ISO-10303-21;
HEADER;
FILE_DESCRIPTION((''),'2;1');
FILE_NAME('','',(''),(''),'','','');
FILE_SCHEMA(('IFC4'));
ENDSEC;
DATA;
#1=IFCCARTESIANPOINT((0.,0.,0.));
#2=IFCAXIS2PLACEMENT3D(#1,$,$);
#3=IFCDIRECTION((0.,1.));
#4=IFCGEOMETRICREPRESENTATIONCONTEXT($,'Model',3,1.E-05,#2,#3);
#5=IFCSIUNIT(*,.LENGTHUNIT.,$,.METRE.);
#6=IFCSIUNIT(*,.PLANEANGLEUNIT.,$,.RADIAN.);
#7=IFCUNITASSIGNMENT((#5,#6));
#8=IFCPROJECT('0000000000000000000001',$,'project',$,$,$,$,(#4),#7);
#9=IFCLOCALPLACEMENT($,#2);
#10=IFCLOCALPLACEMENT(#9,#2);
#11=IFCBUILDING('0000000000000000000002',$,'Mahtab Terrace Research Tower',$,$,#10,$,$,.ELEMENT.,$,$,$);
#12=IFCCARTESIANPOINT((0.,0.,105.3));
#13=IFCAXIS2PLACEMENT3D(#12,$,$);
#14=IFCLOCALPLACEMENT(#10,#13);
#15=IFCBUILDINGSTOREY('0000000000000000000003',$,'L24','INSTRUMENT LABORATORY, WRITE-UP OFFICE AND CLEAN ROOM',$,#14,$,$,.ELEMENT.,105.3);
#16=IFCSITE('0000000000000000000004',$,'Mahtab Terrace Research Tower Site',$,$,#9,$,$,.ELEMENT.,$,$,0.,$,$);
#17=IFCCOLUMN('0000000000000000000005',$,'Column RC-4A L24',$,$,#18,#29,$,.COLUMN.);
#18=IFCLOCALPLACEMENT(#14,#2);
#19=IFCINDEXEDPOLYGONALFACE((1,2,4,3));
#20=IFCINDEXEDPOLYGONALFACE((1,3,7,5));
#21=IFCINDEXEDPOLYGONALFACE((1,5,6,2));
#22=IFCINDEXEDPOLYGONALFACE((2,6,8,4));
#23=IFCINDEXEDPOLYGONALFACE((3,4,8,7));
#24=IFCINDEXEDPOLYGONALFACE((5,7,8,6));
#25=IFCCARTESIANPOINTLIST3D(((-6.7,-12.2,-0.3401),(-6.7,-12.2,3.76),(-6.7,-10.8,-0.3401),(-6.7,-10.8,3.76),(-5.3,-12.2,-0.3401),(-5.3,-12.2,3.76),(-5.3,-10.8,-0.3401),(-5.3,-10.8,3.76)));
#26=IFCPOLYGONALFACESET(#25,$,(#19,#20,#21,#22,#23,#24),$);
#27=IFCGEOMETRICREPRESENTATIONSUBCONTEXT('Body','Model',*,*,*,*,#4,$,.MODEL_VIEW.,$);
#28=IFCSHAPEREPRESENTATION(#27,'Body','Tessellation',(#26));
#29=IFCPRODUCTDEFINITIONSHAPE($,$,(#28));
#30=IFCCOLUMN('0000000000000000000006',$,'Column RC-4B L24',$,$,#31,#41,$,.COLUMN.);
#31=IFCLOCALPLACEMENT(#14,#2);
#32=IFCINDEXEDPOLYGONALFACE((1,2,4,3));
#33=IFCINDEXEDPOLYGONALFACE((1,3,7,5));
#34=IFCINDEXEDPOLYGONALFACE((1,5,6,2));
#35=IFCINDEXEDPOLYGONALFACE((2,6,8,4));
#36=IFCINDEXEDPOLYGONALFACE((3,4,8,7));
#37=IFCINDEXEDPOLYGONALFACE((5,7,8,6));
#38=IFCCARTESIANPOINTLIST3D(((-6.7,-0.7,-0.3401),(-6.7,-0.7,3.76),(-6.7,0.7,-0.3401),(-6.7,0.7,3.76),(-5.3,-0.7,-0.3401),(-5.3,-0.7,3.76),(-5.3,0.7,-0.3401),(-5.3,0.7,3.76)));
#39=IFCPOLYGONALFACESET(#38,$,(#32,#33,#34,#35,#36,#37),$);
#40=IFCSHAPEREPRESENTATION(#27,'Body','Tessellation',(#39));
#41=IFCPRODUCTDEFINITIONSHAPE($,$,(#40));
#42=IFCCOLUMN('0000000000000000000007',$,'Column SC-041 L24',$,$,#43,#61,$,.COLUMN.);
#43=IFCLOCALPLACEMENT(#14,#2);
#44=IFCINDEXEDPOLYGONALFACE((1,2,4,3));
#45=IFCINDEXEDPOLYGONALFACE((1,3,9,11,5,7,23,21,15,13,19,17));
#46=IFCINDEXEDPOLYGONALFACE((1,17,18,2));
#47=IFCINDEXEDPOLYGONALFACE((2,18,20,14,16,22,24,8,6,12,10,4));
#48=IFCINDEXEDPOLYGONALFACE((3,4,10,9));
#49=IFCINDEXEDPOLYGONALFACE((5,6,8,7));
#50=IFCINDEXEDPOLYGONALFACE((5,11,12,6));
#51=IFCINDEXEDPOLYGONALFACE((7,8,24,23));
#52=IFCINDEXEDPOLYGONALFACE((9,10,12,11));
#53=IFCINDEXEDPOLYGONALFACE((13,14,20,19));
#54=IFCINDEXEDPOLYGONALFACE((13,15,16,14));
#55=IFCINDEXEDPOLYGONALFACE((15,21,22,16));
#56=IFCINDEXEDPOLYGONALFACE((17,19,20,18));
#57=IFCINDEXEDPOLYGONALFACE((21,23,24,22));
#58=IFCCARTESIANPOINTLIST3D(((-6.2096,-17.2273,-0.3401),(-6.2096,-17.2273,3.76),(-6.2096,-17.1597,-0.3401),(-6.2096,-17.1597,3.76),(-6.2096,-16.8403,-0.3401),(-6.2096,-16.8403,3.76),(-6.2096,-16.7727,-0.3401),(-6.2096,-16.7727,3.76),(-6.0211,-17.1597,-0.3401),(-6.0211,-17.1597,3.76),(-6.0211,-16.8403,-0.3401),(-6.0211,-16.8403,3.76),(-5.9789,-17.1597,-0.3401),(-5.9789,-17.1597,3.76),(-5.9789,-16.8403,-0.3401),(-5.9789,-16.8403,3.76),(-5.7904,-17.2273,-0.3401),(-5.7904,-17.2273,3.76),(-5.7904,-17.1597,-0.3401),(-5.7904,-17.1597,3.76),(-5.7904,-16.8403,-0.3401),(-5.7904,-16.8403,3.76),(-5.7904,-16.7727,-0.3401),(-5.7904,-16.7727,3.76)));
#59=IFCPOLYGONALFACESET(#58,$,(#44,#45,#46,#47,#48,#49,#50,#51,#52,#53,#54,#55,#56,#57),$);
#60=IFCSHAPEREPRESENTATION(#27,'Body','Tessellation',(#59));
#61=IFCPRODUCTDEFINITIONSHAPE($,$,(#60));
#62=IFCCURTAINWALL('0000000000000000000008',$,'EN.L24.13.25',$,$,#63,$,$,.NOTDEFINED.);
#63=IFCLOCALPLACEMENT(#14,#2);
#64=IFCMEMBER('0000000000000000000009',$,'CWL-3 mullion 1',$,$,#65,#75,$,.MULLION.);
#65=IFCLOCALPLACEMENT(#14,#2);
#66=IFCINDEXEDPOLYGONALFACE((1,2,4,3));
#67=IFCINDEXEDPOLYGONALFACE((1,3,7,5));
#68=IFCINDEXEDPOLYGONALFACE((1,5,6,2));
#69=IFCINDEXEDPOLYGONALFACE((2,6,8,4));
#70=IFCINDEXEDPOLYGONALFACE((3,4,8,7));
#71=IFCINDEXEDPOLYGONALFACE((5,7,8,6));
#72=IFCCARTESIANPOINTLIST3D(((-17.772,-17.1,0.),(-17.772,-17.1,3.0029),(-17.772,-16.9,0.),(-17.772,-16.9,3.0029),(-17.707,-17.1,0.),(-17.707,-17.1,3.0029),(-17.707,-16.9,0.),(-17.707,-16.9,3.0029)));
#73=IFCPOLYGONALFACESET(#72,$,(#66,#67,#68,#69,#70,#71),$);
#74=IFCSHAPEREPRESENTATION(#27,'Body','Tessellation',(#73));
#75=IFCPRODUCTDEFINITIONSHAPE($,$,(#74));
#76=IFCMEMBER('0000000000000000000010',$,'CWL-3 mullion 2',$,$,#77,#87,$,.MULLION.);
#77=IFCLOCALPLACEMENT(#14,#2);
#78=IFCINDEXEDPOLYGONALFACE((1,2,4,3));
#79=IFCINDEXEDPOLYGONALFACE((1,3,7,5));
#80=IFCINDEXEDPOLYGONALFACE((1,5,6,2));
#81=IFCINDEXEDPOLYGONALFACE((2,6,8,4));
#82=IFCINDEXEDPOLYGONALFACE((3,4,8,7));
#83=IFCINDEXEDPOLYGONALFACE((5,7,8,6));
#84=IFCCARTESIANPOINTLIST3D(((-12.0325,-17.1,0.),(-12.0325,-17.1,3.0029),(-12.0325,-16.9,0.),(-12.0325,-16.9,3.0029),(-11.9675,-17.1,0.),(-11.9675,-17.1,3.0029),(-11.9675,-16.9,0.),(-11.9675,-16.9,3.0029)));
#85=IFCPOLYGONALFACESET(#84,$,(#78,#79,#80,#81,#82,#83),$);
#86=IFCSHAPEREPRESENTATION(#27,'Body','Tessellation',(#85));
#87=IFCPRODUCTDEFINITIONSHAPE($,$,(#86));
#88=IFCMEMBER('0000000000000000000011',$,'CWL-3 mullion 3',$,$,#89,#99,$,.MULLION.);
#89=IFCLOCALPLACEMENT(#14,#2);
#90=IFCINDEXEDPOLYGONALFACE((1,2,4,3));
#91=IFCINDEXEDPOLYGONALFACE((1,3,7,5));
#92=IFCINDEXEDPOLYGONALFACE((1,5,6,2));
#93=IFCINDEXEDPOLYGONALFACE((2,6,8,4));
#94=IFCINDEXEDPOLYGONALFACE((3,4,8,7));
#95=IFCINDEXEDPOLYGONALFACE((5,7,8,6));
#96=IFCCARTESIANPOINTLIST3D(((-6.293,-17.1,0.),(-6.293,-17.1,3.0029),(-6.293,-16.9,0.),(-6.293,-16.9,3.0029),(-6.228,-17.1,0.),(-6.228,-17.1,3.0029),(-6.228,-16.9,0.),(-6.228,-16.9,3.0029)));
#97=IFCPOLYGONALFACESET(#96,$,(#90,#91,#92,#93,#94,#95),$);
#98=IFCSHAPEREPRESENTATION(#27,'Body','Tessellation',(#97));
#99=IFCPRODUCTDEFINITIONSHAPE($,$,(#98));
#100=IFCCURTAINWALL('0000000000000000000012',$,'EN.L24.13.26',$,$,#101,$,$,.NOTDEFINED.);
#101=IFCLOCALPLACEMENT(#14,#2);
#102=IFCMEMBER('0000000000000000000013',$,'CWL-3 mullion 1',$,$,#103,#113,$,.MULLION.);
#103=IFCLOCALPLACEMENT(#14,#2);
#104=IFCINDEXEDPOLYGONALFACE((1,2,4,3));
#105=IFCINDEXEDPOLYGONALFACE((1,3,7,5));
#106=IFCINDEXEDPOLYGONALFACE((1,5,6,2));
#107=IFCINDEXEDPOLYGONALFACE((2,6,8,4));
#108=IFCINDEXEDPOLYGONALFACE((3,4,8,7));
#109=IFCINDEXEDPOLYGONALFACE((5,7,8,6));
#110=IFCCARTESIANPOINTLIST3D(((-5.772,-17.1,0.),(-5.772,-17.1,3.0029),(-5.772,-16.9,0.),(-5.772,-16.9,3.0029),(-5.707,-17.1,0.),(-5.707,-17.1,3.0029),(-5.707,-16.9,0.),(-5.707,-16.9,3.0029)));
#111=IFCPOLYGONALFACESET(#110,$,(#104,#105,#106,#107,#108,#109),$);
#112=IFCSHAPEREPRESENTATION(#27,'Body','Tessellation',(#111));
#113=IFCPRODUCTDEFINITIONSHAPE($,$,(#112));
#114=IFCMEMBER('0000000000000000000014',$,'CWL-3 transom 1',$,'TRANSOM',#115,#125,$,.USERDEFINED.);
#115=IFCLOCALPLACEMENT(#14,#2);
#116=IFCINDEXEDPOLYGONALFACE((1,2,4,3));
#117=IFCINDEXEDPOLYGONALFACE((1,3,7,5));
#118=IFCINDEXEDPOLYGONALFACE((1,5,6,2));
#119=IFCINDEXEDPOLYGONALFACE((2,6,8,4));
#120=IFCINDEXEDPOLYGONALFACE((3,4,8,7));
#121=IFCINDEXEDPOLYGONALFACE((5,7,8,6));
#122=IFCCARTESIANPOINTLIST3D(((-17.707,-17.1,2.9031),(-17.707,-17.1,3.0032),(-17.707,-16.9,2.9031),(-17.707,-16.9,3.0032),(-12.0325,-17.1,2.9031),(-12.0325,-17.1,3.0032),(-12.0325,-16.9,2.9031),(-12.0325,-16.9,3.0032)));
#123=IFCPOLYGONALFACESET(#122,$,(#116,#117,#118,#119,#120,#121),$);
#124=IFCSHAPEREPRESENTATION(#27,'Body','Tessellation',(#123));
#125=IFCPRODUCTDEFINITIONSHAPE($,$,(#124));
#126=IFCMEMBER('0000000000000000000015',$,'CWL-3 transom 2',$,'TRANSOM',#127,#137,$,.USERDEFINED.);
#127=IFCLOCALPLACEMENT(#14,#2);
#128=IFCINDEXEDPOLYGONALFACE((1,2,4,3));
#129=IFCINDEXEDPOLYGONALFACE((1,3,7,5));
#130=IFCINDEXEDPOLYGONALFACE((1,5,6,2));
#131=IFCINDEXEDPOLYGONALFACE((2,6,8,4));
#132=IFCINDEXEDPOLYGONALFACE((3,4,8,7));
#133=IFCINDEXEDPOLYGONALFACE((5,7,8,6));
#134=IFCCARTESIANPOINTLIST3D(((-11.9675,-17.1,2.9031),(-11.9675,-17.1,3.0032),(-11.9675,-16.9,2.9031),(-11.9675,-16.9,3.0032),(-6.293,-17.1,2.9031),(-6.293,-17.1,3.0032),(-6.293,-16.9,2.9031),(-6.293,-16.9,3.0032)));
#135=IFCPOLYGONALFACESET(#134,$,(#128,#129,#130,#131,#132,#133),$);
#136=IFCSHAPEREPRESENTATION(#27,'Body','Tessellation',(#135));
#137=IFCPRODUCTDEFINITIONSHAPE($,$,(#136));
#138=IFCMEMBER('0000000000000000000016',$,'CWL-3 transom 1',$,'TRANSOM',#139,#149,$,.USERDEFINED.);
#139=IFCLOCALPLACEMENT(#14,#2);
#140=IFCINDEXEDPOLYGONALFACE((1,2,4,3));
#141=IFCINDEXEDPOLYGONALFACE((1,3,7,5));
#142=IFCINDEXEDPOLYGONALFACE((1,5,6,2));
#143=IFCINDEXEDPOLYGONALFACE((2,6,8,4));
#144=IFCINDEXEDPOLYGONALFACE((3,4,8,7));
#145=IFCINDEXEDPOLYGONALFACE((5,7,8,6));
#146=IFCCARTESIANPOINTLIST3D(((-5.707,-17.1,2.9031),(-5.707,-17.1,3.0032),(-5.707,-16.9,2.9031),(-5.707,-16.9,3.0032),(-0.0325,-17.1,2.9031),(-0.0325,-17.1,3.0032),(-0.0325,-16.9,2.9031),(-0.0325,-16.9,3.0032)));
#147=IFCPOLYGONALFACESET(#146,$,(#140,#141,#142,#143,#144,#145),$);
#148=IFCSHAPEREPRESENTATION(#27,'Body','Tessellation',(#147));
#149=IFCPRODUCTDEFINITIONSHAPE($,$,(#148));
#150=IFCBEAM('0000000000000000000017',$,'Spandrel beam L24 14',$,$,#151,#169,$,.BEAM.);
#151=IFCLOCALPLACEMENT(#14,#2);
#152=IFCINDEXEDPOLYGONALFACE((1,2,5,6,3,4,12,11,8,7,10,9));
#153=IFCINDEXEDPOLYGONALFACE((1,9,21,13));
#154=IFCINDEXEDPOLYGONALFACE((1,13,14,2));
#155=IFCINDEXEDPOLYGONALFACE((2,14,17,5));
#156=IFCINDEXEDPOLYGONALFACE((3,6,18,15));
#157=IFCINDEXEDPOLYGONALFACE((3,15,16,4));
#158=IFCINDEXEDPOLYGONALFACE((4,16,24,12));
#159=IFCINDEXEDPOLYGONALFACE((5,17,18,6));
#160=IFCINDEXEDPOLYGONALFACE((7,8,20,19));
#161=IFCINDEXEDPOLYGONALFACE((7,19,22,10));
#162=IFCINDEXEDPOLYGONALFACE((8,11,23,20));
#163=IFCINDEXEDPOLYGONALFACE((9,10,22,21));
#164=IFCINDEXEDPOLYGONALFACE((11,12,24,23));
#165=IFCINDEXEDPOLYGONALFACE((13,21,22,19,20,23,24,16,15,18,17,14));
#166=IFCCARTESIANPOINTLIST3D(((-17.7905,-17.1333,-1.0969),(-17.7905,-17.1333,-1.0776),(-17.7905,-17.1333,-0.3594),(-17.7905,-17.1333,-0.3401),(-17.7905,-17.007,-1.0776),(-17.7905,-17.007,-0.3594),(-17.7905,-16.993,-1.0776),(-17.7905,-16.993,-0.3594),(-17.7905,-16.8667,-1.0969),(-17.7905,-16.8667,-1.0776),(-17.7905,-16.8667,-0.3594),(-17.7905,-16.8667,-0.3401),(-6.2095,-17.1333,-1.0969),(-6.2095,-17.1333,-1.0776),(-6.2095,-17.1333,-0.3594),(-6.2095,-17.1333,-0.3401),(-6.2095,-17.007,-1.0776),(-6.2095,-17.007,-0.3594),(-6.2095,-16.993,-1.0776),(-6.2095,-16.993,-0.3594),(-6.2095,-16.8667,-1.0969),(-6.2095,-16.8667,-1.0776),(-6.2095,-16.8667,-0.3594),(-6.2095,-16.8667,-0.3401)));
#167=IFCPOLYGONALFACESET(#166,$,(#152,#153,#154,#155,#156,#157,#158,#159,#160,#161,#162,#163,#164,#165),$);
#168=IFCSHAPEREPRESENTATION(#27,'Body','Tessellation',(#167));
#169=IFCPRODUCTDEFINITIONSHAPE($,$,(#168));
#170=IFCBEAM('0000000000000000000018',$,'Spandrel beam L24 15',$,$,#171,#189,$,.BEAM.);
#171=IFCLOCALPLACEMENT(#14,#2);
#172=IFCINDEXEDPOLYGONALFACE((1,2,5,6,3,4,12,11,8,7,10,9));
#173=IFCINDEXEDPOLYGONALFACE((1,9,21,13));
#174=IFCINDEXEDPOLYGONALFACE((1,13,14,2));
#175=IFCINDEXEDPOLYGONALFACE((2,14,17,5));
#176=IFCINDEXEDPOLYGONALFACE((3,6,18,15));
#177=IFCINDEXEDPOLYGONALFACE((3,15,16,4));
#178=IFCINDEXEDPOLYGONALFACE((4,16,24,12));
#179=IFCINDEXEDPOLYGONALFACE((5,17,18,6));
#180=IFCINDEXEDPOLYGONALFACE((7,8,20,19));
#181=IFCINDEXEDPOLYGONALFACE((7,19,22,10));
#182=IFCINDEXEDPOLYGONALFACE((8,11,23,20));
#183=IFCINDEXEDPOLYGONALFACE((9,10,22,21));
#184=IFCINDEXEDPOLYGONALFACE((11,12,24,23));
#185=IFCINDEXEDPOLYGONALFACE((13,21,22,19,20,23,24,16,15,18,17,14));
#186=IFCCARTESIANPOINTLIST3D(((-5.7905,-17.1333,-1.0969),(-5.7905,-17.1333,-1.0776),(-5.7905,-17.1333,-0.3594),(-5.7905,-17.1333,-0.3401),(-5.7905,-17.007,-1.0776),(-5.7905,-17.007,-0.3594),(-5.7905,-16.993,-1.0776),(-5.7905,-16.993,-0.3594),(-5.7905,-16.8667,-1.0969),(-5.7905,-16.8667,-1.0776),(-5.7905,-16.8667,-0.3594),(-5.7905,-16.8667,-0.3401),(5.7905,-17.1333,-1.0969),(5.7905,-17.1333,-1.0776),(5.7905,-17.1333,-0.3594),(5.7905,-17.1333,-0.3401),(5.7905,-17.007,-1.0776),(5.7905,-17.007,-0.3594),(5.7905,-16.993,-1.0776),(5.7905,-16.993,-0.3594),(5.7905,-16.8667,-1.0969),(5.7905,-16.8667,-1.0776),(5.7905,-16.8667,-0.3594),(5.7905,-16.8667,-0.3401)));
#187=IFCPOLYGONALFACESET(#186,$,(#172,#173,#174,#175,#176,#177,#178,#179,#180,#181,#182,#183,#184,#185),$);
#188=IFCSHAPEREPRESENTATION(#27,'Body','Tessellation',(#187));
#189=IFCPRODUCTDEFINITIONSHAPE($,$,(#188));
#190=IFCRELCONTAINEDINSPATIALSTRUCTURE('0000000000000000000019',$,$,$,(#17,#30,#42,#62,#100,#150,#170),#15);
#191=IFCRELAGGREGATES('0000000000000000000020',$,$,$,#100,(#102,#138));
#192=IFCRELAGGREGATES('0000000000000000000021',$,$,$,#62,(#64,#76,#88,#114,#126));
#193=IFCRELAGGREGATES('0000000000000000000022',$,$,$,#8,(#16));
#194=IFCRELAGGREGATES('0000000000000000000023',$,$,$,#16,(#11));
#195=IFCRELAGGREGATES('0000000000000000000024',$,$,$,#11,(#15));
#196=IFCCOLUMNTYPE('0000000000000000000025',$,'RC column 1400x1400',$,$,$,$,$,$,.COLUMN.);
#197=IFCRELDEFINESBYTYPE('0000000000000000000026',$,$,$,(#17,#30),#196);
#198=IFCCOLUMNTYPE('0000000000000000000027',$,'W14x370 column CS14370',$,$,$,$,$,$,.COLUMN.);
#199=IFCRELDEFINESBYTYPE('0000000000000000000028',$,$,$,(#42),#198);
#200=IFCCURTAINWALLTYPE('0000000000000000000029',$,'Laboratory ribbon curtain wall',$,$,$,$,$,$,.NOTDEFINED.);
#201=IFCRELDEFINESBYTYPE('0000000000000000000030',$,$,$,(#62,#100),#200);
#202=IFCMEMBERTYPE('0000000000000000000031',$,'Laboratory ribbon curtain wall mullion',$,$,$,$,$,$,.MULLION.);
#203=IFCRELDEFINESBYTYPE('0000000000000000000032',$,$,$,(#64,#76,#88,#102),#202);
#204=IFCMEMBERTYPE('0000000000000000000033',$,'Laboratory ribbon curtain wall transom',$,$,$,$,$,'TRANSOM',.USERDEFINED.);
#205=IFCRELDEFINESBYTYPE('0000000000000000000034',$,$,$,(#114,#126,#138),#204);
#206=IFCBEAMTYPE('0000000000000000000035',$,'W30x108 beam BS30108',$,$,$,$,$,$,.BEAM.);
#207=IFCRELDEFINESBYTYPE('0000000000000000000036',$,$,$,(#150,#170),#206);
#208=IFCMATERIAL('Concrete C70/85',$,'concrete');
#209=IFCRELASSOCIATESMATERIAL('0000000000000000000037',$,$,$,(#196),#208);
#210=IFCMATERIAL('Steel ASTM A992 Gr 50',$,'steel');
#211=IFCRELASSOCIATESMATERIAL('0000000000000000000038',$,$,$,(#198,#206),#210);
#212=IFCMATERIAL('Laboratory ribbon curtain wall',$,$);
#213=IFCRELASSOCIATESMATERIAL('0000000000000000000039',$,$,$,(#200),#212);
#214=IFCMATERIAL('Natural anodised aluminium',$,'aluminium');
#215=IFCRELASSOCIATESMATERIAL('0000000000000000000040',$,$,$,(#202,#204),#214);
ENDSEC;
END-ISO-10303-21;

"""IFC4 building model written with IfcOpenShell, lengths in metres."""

from ifc_helpers import new_model, si_unit, direction, frame, origin, origin_2d, place, context, subcontext, project, spatial, rectangle, i_section, extrude, material, material_profile, profile_set, type_object, element, aggregate, save


model = new_model("IFC4")

# Units and contexts
model_context = context("Model", 3, precision=1e-05, world=origin(), true_north=direction((0.0, 1.0)))
body_context = subcontext(model_context, "Body", "Model", "MODEL_VIEW")
ifc_project = project(units=[si_unit("LENGTHUNIT", "METRE"), si_unit("PLANEANGLEUNIT", "RADIAN")], contexts=[model_context])

# Site, building, storey
site_placement = place(None, origin())
site = spatial("IfcSite", under=ifc_project, at=site_placement, Name="Mahtab Terrace Research Tower Site", CompositionType="ELEMENT", RefElevation=0.0)
building_placement = place(site_placement, origin())
building = spatial("IfcBuilding", under=site, at=building_placement, Name="Mahtab Terrace Research Tower", CompositionType="ELEMENT")
storey_placement = place(building_placement, frame((0.0, 0.0, 105.3)))
storey = spatial("IfcBuildingStorey", under=building, at=storey_placement, Name="L24", Description="INSTRUMENT LABORATORY, WRITE-UP OFFICE AND CLEAN ROOM", CompositionType="ELEMENT", Elevation=105.3)

# Columns
ifc_material_1 = material(Name="Concrete C70/85", Category="concrete")
ifc_material_profile_1 = material_profile(ifc_material_1, rectangle(XDim=1.3999, YDim=1.3999, at=origin_2d()), Name="RC column 1400x1400")
ifc_profile_set_1 = profile_set([ifc_material_profile_1], Name="Concrete C70/85")
column_type_1 = type_object("IfcColumnType", Name="RC column 1400x1400", PredefinedType="COLUMN", material=ifc_profile_set_1)
for number, where, z_axis, x_axis, name in (
    (1, (-6.0, -11.5, -0.3401), (0.0, 0.0, 1.0), (1.0, 0.0, 0.0), "Column RC-4A L24"),
    (2, (-6.0, 0.0, -0.3401), (0.0, 0.0, 1.0), (1.0, 0.0, 0.0), "Column RC-4B L24"),
):
    element("IfcColumn", number, at=place(storey_placement, frame(where, z_axis=z_axis, x_axis=x_axis)), inside=storey, type_object=column_type_1, Name=name, PredefinedType="COLUMN", context=body_context, shape_type="SweptSolid", body=[
        extrude(rectangle(XDim=1.3999, YDim=1.3999, at=origin_2d()), origin(), (0.0, 0.0, 1.0), 4.1001),
    ])
ifc_material_2 = material(Name="Steel ASTM A992 Gr 50", Category="steel")
ifc_material_profile_2 = material_profile(ifc_material_2, i_section(OverallWidth=0.4192, OverallDepth=0.4546, WebThickness=0.0422, FlangeThickness=0.0676, at=origin_2d()), Name="W14X370")
ifc_profile_set_2 = profile_set([ifc_material_profile_2], Name="Steel ASTM A992 Gr 50")
column_type_2 = type_object("IfcColumnType", Name="W14x370 column CS14370", PredefinedType="COLUMN", material=ifc_profile_set_2)
column_placement = place(storey_placement, frame((-6.0, -17.0, -0.3401), z_axis=(0.0, 0.0, 1.0), x_axis=(1.0, 0.0, 0.0)))
element("IfcColumn", 3, at=column_placement, inside=storey, type_object=column_type_2, Name="Column SC-041 L24", PredefinedType="COLUMN", context=body_context, shape_type="SweptSolid", body=[
    extrude(i_section(OverallWidth=0.4192, OverallDepth=0.4546, WebThickness=0.0422, FlangeThickness=0.0676, at=origin_2d()), origin(), (0.0, 0.0, 1.0), 4.1001),
])

# Curtain wall, members
ifc_material_3 = material(Name="Laboratory ribbon curtain wall")
curtain_wall_type = type_object("IfcCurtainWallType", Name="Laboratory ribbon curtain wall", PredefinedType="NOTDEFINED", material=ifc_material_3)
curtain_wall_1_placement = place(storey_placement, origin())
curtain_wall_1 = element("IfcCurtainWall", 4, at=curtain_wall_1_placement, inside=storey, type_object=curtain_wall_type, Name="EN.L24.13.25", PredefinedType="NOTDEFINED")
ifc_material_4 = material(Name="Natural anodised aluminium", Category="aluminium")
ifc_material_profile_3 = material_profile(ifc_material_4, rectangle(XDim=0.2, YDim=0.0649, at=origin_2d()), Name="MULLION 65x200")
ifc_profile_set_3 = profile_set([ifc_material_profile_3], Name="Natural anodised aluminium")
member_type_1 = type_object("IfcMemberType", Name="Laboratory ribbon curtain wall mullion", PredefinedType="MULLION", material=ifc_profile_set_3)
member_1_placement = place(storey_placement, frame((-17.7395, -17.0, 0.0), z_axis=(0.0, 0.0, 1.0), x_axis=(0.0, 1.0, 0.0)))
member_1 = element("IfcMember", 5, at=member_1_placement, type_object=member_type_1, Name="CWL-3 mullion 1", PredefinedType="MULLION", context=body_context, shape_type="SweptSolid", body=[
    extrude(rectangle(XDim=0.2, YDim=0.0649, at=origin_2d()), origin(), (0.0, 0.0, 1.0), 3.0029),
])
member_2_placement = place(storey_placement, frame((-12.0, -17.0, 0.0), z_axis=(0.0, 0.0, 1.0), x_axis=(0.0, 1.0, 0.0)))
member_2 = element("IfcMember", 6, at=member_2_placement, type_object=member_type_1, Name="CWL-3 mullion 2", PredefinedType="MULLION", context=body_context, shape_type="SweptSolid", body=[
    extrude(rectangle(XDim=0.2, YDim=0.0649, at=origin_2d()), origin(), (0.0, 0.0, 1.0), 3.0029),
])
member_3_placement = place(storey_placement, frame((-6.2605, -17.0, 0.0), z_axis=(0.0, 0.0, 1.0), x_axis=(0.0, 1.0, 0.0)))
member_3 = element("IfcMember", 7, at=member_3_placement, type_object=member_type_1, Name="CWL-3 mullion 3", PredefinedType="MULLION", context=body_context, shape_type="SweptSolid", body=[
    extrude(rectangle(XDim=0.2, YDim=0.0649, at=origin_2d()), origin(), (0.0, 0.0, 1.0), 3.0029),
])

# Curtain wall, member
curtain_wall_2_placement = place(storey_placement, origin())
curtain_wall_2 = element("IfcCurtainWall", 8, at=curtain_wall_2_placement, inside=storey, type_object=curtain_wall_type, Name="EN.L24.13.26", PredefinedType="NOTDEFINED")
member_4_placement = place(storey_placement, frame((-5.7395, -17.0, 0.0), z_axis=(0.0, 0.0, 1.0), x_axis=(0.0, 1.0, 0.0)))
member_4 = element("IfcMember", 9, at=member_4_placement, type_object=member_type_1, Name="CWL-3 mullion 1", PredefinedType="MULLION", context=body_context, shape_type="SweptSolid", body=[
    extrude(rectangle(XDim=0.2, YDim=0.0649, at=origin_2d()), origin(), (0.0, 0.0, 1.0), 3.0029),
])

# Members
ifc_material_profile_4 = material_profile(ifc_material_4, rectangle(XDim=0.2, YDim=0.1001, at=origin_2d()), Name="TRANSOM 100x200")
ifc_profile_set_4 = profile_set([ifc_material_profile_4], Name="Natural anodised aluminium")
member_type_2 = type_object("IfcMemberType", Name="Laboratory ribbon curtain wall transom", ElementType="TRANSOM", PredefinedType="USERDEFINED", material=ifc_profile_set_4)
member_5_placement = place(storey_placement, frame((-17.707, -17.0, 2.9531), z_axis=(1.0, 0.0, 0.0), x_axis=(0.0, 1.0, 0.0)))
member_5 = element("IfcMember", 10, at=member_5_placement, type_object=member_type_2, Name="CWL-3 transom 1", ObjectType="TRANSOM", PredefinedType="USERDEFINED", context=body_context, shape_type="SweptSolid", body=[
    extrude(rectangle(XDim=0.2, YDim=0.1001, at=origin_2d()), origin(), (0.0, 0.0, 1.0), 5.6746),
])
member_6_placement = place(storey_placement, frame((-11.9675, -17.0, 2.9531), z_axis=(1.0, 0.0, 0.0), x_axis=(0.0, 1.0, 0.0)))
member_6 = element("IfcMember", 11, at=member_6_placement, type_object=member_type_2, Name="CWL-3 transom 2", ObjectType="TRANSOM", PredefinedType="USERDEFINED", context=body_context, shape_type="SweptSolid", body=[
    extrude(rectangle(XDim=0.2, YDim=0.1001, at=origin_2d()), origin(), (0.0, 0.0, 1.0), 5.6746),
])
member_7_placement = place(storey_placement, frame((-5.707, -17.0, 2.9531), z_axis=(1.0, 0.0, 0.0), x_axis=(0.0, 1.0, 0.0)))
member_7 = element("IfcMember", 12, at=member_7_placement, type_object=member_type_2, Name="CWL-3 transom 1", ObjectType="TRANSOM", PredefinedType="USERDEFINED", context=body_context, shape_type="SweptSolid", body=[
    extrude(rectangle(XDim=0.2, YDim=0.1001, at=origin_2d()), origin(), (0.0, 0.0, 1.0), 5.6746),
])
aggregate(curtain_wall_2, [member_4, member_7])

# Beams
ifc_material_profile_5 = material_profile(ifc_material_2, i_section(OverallWidth=0.2666, OverallDepth=0.7568, WebThickness=0.0139, FlangeThickness=0.0193, at=origin_2d()), Name="W30X108")
ifc_profile_set_5 = profile_set([ifc_material_profile_5], Name="Steel ASTM A992 Gr 50")
beam_type = type_object("IfcBeamType", Name="W30x108 beam BS30108", PredefinedType="BEAM", material=ifc_profile_set_5)
for number, where, z_axis, x_axis, name in (
    (13, (-17.7905, -17.0, -0.7185), (1.0, 0.0, 0.0), (0.0, 1.0, 0.0), "Spandrel beam L24 14"),
    (14, (-5.7905, -17.0, -0.7185), (1.0, 0.0, 0.0), (0.0, 1.0, 0.0), "Spandrel beam L24 15"),
):
    element("IfcBeam", number, at=place(storey_placement, frame(where, z_axis=z_axis, x_axis=x_axis)), inside=storey, type_object=beam_type, Name=name, PredefinedType="BEAM", context=body_context, shape_type="SweptSolid", body=[
        extrude(i_section(OverallWidth=0.2666, OverallDepth=0.7568, WebThickness=0.0139, FlangeThickness=0.0193, at=origin_2d()), origin(), (0.0, 0.0, 1.0), 11.5811),
    ])

aggregate(curtain_wall_1, [member_1, member_2, member_3, member_5, member_6])

save(model, "model.ifc")
